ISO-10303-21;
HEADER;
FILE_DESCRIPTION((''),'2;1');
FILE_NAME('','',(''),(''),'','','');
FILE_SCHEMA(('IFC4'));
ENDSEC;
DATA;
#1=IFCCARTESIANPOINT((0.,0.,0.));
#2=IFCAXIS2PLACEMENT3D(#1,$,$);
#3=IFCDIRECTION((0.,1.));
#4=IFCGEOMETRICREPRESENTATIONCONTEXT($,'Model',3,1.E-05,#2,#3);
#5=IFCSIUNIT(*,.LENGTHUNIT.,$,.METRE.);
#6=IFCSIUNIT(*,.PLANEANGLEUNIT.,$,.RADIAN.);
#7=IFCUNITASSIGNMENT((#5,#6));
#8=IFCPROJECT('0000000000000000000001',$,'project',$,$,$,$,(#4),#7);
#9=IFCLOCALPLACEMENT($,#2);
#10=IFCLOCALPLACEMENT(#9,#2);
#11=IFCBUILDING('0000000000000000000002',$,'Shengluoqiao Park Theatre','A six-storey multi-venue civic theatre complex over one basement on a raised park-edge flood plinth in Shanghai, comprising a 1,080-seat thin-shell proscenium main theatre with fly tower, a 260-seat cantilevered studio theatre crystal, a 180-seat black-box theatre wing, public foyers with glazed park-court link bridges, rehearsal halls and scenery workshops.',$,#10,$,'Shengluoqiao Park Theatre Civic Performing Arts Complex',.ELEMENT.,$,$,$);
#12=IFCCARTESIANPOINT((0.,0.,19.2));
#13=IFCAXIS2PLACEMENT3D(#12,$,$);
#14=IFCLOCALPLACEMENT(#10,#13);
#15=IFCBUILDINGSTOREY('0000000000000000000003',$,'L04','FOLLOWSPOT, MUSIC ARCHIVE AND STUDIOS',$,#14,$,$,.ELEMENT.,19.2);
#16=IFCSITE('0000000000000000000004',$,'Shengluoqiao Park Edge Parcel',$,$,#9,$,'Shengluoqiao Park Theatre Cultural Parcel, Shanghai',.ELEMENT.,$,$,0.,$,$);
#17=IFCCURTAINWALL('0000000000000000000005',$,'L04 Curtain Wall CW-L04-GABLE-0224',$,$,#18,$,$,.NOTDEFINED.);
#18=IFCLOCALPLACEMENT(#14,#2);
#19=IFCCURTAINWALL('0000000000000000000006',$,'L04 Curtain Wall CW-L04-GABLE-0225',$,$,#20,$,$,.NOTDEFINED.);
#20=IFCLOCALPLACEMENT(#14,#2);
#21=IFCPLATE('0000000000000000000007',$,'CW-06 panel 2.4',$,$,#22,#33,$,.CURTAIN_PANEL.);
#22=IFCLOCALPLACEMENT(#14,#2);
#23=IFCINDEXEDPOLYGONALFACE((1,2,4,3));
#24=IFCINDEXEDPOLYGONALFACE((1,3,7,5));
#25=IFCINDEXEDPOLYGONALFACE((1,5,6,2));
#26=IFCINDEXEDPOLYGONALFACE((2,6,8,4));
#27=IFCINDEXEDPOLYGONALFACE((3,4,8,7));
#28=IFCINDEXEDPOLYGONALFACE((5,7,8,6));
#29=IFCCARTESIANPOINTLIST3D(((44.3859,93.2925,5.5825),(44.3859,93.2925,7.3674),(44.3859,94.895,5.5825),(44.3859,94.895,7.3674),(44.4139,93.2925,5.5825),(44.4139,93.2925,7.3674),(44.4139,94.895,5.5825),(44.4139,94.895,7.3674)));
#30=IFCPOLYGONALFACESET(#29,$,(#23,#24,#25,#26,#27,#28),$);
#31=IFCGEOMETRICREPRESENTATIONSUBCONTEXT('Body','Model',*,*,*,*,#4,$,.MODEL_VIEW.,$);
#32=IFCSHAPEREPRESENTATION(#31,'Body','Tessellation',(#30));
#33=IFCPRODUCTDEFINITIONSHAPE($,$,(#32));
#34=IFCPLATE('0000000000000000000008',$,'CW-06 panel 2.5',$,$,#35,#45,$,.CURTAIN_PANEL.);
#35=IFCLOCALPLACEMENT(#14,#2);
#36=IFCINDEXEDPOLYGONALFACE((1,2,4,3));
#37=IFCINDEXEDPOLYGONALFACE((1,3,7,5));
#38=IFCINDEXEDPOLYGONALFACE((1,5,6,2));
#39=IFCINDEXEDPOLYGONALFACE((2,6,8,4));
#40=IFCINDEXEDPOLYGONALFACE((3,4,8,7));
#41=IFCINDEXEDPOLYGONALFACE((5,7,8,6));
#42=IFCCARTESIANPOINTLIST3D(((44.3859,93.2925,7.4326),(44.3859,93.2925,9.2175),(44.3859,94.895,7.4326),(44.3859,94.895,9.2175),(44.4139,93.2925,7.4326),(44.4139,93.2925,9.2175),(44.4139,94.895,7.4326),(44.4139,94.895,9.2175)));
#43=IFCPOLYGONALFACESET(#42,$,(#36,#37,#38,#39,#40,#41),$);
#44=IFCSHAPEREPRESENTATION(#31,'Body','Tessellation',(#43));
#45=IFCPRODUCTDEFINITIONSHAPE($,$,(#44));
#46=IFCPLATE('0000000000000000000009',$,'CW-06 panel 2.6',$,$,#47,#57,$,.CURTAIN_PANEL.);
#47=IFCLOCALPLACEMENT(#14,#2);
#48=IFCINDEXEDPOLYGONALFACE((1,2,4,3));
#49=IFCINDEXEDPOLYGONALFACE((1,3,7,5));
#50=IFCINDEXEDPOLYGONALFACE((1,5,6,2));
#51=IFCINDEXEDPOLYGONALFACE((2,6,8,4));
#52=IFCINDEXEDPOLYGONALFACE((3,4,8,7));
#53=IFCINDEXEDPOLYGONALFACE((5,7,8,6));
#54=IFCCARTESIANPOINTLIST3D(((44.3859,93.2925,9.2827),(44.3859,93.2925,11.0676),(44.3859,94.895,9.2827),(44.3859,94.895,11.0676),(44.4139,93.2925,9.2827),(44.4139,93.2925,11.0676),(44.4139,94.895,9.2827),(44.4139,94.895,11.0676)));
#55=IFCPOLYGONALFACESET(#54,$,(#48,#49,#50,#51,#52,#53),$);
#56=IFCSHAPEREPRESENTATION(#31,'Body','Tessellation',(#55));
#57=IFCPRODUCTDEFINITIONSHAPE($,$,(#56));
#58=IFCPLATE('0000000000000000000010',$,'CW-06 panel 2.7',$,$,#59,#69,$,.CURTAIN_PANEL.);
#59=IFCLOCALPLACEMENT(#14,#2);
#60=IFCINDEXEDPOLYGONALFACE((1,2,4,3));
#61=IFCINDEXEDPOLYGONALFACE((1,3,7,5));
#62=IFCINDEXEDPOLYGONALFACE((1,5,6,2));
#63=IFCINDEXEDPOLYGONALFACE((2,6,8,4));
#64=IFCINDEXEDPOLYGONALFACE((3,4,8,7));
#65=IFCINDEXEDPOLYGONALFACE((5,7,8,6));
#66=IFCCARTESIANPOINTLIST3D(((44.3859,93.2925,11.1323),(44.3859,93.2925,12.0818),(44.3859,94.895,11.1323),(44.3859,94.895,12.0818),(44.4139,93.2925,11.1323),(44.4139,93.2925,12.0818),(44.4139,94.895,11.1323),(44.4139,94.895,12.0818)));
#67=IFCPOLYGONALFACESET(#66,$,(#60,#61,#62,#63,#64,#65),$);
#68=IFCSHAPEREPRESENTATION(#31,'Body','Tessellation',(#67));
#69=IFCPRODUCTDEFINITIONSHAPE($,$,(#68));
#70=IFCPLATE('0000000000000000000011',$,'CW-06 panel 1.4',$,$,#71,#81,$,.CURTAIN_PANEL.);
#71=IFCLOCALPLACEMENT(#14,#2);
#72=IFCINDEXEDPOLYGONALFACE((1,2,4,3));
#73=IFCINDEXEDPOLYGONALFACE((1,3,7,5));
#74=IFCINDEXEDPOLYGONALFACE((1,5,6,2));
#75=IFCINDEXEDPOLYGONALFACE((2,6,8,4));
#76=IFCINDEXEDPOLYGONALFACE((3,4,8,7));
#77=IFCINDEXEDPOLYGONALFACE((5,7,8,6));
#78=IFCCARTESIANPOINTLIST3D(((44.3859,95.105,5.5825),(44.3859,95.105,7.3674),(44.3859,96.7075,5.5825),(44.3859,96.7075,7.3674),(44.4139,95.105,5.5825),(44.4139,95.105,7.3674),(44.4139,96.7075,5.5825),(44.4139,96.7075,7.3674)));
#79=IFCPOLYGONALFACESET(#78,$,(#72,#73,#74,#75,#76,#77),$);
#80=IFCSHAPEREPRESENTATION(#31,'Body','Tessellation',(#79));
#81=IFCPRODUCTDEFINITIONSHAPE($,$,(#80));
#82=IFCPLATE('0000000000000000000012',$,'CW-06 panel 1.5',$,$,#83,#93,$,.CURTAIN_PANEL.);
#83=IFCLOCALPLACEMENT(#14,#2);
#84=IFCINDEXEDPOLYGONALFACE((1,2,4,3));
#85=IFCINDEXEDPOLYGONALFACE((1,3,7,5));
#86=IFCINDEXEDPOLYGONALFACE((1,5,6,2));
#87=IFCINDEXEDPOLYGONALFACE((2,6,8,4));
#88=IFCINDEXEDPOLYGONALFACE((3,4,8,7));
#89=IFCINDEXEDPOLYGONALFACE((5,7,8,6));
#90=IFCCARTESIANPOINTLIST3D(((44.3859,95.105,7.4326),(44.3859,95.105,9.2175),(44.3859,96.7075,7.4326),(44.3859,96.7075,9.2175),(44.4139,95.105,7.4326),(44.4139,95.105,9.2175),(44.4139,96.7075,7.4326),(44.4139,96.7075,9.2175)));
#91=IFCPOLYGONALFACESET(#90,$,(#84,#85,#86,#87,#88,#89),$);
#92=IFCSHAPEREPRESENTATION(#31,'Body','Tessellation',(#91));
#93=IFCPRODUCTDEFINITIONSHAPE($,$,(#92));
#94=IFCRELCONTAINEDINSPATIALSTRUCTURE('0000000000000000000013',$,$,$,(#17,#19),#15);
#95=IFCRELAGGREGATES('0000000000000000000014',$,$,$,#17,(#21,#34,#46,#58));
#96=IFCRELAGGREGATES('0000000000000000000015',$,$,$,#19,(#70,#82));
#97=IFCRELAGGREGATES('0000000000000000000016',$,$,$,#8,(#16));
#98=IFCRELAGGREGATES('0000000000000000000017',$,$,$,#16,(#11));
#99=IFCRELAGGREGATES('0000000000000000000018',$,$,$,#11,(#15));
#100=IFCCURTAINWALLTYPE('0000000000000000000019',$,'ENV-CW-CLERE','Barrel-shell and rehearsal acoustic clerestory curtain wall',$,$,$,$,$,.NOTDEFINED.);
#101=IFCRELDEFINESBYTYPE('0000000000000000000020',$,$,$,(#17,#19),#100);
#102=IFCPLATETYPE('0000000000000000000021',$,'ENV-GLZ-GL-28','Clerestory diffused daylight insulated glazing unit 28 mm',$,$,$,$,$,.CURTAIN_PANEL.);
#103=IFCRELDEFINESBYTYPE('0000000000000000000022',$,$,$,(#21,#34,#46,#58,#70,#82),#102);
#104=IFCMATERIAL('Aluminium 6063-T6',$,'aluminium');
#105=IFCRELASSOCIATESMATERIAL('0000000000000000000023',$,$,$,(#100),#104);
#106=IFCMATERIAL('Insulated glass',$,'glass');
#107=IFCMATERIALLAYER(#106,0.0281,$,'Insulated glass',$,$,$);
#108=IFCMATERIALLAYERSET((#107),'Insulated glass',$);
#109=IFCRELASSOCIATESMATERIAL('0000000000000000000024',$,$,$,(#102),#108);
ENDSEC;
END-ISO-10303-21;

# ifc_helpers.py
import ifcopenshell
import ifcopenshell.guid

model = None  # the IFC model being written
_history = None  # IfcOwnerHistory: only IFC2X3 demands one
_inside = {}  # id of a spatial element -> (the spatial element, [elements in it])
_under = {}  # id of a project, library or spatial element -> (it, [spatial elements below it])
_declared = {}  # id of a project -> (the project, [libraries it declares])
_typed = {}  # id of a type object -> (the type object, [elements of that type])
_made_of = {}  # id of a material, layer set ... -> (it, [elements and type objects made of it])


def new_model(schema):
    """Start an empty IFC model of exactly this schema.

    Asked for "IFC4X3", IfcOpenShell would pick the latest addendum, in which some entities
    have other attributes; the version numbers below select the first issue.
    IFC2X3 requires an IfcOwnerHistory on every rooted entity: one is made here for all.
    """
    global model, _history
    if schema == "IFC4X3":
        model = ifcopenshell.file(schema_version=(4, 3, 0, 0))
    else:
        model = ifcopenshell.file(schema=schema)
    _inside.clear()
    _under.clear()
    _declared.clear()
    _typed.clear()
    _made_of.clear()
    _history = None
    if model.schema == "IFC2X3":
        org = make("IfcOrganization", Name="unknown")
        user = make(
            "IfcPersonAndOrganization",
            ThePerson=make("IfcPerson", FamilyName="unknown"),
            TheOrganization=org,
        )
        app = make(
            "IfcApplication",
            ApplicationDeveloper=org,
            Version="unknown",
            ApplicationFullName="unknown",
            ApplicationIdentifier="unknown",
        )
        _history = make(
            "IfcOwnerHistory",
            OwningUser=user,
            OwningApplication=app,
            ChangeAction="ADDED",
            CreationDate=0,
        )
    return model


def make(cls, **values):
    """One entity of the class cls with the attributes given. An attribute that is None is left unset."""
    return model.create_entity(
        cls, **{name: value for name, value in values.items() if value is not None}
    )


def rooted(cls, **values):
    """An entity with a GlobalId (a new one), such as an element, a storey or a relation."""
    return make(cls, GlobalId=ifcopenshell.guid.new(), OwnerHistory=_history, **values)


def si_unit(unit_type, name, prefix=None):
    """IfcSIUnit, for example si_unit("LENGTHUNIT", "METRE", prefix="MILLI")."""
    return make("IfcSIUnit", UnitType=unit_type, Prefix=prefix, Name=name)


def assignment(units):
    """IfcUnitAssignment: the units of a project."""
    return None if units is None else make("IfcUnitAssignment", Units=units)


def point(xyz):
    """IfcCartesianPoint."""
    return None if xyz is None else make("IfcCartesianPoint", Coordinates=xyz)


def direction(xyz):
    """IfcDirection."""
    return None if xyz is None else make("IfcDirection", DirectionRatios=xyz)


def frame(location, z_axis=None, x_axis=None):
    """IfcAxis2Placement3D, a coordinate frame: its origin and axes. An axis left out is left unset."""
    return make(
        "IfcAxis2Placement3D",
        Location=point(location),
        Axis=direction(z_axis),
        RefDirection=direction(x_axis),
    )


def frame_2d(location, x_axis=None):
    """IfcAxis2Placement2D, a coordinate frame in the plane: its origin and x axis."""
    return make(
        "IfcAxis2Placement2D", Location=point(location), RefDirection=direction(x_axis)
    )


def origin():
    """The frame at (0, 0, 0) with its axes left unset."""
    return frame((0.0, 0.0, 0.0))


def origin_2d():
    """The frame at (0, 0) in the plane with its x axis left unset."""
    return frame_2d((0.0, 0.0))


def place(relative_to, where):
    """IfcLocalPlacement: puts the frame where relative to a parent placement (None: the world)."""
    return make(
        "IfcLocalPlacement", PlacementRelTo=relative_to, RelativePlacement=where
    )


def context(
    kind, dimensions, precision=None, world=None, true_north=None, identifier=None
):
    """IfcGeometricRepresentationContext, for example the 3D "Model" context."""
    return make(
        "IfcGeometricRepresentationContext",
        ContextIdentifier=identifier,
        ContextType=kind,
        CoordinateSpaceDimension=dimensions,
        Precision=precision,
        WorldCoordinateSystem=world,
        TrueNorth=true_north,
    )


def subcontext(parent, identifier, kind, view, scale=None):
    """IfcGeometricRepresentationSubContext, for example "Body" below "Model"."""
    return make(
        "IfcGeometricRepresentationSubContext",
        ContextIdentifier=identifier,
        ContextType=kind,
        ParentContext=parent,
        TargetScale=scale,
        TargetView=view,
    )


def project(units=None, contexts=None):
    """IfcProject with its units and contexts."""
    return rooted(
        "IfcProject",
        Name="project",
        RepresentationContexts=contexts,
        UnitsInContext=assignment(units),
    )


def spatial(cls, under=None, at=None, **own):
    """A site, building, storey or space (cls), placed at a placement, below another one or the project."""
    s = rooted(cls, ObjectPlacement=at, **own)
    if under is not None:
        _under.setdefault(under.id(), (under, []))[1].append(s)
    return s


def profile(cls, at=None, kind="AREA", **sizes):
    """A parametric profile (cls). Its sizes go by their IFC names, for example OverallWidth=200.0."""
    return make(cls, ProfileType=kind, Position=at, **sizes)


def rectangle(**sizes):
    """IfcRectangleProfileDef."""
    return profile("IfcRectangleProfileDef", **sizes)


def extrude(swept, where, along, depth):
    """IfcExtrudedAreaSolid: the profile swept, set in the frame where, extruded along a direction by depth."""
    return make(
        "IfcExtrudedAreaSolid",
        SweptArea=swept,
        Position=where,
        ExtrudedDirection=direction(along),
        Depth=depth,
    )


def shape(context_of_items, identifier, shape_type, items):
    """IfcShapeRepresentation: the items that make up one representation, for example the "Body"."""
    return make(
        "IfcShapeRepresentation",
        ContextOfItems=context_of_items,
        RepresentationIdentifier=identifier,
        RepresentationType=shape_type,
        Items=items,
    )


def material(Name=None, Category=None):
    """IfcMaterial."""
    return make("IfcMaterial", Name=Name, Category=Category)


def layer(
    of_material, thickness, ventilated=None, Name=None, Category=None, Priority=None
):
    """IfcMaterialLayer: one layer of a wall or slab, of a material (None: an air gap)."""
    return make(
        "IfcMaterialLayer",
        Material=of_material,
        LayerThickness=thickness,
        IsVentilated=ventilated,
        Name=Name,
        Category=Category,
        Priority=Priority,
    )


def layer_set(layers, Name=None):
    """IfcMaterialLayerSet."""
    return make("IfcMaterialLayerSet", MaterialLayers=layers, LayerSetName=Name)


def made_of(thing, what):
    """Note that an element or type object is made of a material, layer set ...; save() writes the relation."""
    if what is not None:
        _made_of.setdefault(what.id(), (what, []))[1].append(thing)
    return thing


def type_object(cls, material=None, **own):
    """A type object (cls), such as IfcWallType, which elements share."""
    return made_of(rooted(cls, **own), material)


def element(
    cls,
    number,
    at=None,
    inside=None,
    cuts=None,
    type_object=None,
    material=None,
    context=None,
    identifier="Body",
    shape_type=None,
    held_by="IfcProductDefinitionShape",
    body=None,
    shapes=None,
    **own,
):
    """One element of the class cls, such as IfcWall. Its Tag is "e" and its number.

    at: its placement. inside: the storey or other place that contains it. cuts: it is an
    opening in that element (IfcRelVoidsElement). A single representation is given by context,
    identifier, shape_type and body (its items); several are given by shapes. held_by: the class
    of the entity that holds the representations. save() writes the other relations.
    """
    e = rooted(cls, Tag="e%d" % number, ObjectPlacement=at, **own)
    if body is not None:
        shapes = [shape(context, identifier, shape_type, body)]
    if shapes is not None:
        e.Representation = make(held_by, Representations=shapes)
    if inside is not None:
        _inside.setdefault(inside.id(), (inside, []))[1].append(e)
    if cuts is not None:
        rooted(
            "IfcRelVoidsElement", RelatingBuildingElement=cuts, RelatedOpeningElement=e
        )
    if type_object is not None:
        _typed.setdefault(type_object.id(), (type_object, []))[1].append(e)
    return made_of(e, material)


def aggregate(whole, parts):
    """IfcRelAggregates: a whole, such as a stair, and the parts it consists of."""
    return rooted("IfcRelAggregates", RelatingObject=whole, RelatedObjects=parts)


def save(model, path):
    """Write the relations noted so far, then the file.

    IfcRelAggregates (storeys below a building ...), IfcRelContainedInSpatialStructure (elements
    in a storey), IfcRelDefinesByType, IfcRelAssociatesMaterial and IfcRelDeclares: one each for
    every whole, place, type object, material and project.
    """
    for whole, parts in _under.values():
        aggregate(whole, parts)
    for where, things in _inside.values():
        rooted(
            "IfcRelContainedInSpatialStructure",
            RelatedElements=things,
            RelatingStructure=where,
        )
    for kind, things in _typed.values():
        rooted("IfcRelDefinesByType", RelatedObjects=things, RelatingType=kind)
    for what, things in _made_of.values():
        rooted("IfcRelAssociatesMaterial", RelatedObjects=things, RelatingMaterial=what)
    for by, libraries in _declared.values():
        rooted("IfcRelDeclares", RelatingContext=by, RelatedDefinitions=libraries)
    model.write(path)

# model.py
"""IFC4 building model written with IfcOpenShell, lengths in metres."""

from ifc_helpers import new_model, si_unit, direction, frame, origin, origin_2d, place, context, subcontext, project, spatial, rectangle, extrude, material, layer, layer_set, type_object, element, aggregate, save


model = new_model("IFC4")

# Units and contexts
model_context = context("Model", 3, precision=1e-05, world=origin(), true_north=direction((0.0, 1.0)))
body_context = subcontext(model_context, "Body", "Model", "MODEL_VIEW")
ifc_project = project(units=[si_unit("LENGTHUNIT", "METRE"), si_unit("PLANEANGLEUNIT", "RADIAN")], contexts=[model_context])

# Site, building, storey
site_placement = place(None, origin())
site = spatial("IfcSite", under=ifc_project, at=site_placement, Name="Shengluoqiao Park Edge Parcel", LongName="Shengluoqiao Park Theatre Cultural Parcel, Shanghai", CompositionType="ELEMENT", RefElevation=0.0)
building_placement = place(site_placement, origin())
building = spatial("IfcBuilding", under=site, at=building_placement, Name="Shengluoqiao Park Theatre", Description="A six-storey multi-venue civic theatre complex over one basement on a raised park-edge flood plinth in Shanghai, comprising a 1,080-seat thin-shell proscenium main theatre with fly tower, a 260-seat cantilevered studio theatre crystal, a 180-seat black-box theatre wing, public foyers with glazed park-court link bridges, rehearsal halls and scenery workshops.", LongName="Shengluoqiao Park Theatre Civic Performing Arts Complex", CompositionType="ELEMENT")
storey_placement = place(building_placement, frame((0.0, 0.0, 19.2)))
storey = spatial("IfcBuildingStorey", under=building, at=storey_placement, Name="L04", Description="FOLLOWSPOT, MUSIC ARCHIVE AND STUDIOS", CompositionType="ELEMENT", Elevation=19.2)

# Curtain walls
ifc_material_1 = material(Name="Aluminium 6063-T6", Category="aluminium")
curtain_wall_type = type_object("IfcCurtainWallType", Name="ENV-CW-CLERE", Description="Barrel-shell and rehearsal acoustic clerestory curtain wall", PredefinedType="NOTDEFINED", material=ifc_material_1)
curtain_wall_1_placement = place(storey_placement, origin())
curtain_wall_1 = element("IfcCurtainWall", 1, at=curtain_wall_1_placement, inside=storey, type_object=curtain_wall_type, Name="L04 Curtain Wall CW-L04-GABLE-0224", PredefinedType="NOTDEFINED")
curtain_wall_2_placement = place(storey_placement, origin())
curtain_wall_2 = element("IfcCurtainWall", 2, at=curtain_wall_2_placement, inside=storey, type_object=curtain_wall_type, Name="L04 Curtain Wall CW-L04-GABLE-0225", PredefinedType="NOTDEFINED")

# Plates
ifc_material_2 = material(Name="Insulated glass", Category="glass")
ifc_layer = layer(ifc_material_2, 0.0281, Name="Insulated glass")
ifc_layer_set = layer_set([ifc_layer], Name="Insulated glass")
plate_type = type_object("IfcPlateType", Name="ENV-GLZ-GL-28", Description="Clerestory diffused daylight insulated glazing unit 28 mm", PredefinedType="CURTAIN_PANEL", material=ifc_layer_set)
plate_1_placement = place(storey_placement, frame((44.3999, 94.0938, 5.5825), z_axis=(0.0, 0.0, 1.0), x_axis=(0.0, 1.0, 0.0)))
plate_1 = element("IfcPlate", 3, at=plate_1_placement, type_object=plate_type, Name="CW-06 panel 2.4", PredefinedType="CURTAIN_PANEL", context=body_context, shape_type="SweptSolid", body=[
    extrude(rectangle(XDim=1.6025, YDim=0.0281, at=origin_2d()), origin(), (0.0, 0.0, 1.0), 1.7849),
])
plate_2_placement = place(storey_placement, frame((44.3999, 94.0938, 7.4326), z_axis=(0.0, 0.0, 1.0), x_axis=(0.0, 1.0, 0.0)))
plate_2 = element("IfcPlate", 4, at=plate_2_placement, type_object=plate_type, Name="CW-06 panel 2.5", PredefinedType="CURTAIN_PANEL", context=body_context, shape_type="SweptSolid", body=[
    extrude(rectangle(XDim=1.6025, YDim=0.0281, at=origin_2d()), origin(), (0.0, 0.0, 1.0), 1.7849),
])
plate_3_placement = place(storey_placement, frame((44.3999, 94.0938, 9.2827), z_axis=(0.0, 0.0, 1.0), x_axis=(0.0, 1.0, 0.0)))
plate_3 = element("IfcPlate", 5, at=plate_3_placement, type_object=plate_type, Name="CW-06 panel 2.6", PredefinedType="CURTAIN_PANEL", context=body_context, shape_type="SweptSolid", body=[
    extrude(rectangle(XDim=1.6025, YDim=0.0281, at=origin_2d()), origin(), (0.0, 0.0, 1.0), 1.7849),
])
plate_4_placement = place(storey_placement, frame((44.3999, 94.0938, 11.1323), z_axis=(0.0, 0.0, 1.0), x_axis=(0.0, 1.0, 0.0)))
plate_4 = element("IfcPlate", 6, at=plate_4_placement, type_object=plate_type, Name="CW-06 panel 2.7", PredefinedType="CURTAIN_PANEL", context=body_context, shape_type="SweptSolid", body=[
    extrude(rectangle(XDim=1.6025, YDim=0.0281, at=origin_2d()), origin(), (0.0, 0.0, 1.0), 0.9495),
])
aggregate(curtain_wall_1, [plate_1, plate_2, plate_3, plate_4])
plate_5_placement = place(storey_placement, frame((44.3999, 95.9062, 5.5825), z_axis=(0.0, 0.0, 1.0), x_axis=(0.0, 1.0, 0.0)))
plate_5 = element("IfcPlate", 7, at=plate_5_placement, type_object=plate_type, Name="CW-06 panel 1.4", PredefinedType="CURTAIN_PANEL", context=body_context, shape_type="SweptSolid", body=[
    extrude(rectangle(XDim=1.6025, YDim=0.0281, at=origin_2d()), origin(), (0.0, 0.0, 1.0), 1.7849),
])
plate_6_placement = place(storey_placement, frame((44.3999, 95.9062, 7.4326), z_axis=(0.0, 0.0, 1.0), x_axis=(0.0, 1.0, 0.0)))
plate_6 = element("IfcPlate", 8, at=plate_6_placement, type_object=plate_type, Name="CW-06 panel 1.5", PredefinedType="CURTAIN_PANEL", context=body_context, shape_type="SweptSolid", body=[
    extrude(rectangle(XDim=1.6025, YDim=0.0281, at=origin_2d()), origin(), (0.0, 0.0, 1.0), 1.7849),
])
aggregate(curtain_wall_2, [plate_5, plate_6])

save(model, "model.ifc")
